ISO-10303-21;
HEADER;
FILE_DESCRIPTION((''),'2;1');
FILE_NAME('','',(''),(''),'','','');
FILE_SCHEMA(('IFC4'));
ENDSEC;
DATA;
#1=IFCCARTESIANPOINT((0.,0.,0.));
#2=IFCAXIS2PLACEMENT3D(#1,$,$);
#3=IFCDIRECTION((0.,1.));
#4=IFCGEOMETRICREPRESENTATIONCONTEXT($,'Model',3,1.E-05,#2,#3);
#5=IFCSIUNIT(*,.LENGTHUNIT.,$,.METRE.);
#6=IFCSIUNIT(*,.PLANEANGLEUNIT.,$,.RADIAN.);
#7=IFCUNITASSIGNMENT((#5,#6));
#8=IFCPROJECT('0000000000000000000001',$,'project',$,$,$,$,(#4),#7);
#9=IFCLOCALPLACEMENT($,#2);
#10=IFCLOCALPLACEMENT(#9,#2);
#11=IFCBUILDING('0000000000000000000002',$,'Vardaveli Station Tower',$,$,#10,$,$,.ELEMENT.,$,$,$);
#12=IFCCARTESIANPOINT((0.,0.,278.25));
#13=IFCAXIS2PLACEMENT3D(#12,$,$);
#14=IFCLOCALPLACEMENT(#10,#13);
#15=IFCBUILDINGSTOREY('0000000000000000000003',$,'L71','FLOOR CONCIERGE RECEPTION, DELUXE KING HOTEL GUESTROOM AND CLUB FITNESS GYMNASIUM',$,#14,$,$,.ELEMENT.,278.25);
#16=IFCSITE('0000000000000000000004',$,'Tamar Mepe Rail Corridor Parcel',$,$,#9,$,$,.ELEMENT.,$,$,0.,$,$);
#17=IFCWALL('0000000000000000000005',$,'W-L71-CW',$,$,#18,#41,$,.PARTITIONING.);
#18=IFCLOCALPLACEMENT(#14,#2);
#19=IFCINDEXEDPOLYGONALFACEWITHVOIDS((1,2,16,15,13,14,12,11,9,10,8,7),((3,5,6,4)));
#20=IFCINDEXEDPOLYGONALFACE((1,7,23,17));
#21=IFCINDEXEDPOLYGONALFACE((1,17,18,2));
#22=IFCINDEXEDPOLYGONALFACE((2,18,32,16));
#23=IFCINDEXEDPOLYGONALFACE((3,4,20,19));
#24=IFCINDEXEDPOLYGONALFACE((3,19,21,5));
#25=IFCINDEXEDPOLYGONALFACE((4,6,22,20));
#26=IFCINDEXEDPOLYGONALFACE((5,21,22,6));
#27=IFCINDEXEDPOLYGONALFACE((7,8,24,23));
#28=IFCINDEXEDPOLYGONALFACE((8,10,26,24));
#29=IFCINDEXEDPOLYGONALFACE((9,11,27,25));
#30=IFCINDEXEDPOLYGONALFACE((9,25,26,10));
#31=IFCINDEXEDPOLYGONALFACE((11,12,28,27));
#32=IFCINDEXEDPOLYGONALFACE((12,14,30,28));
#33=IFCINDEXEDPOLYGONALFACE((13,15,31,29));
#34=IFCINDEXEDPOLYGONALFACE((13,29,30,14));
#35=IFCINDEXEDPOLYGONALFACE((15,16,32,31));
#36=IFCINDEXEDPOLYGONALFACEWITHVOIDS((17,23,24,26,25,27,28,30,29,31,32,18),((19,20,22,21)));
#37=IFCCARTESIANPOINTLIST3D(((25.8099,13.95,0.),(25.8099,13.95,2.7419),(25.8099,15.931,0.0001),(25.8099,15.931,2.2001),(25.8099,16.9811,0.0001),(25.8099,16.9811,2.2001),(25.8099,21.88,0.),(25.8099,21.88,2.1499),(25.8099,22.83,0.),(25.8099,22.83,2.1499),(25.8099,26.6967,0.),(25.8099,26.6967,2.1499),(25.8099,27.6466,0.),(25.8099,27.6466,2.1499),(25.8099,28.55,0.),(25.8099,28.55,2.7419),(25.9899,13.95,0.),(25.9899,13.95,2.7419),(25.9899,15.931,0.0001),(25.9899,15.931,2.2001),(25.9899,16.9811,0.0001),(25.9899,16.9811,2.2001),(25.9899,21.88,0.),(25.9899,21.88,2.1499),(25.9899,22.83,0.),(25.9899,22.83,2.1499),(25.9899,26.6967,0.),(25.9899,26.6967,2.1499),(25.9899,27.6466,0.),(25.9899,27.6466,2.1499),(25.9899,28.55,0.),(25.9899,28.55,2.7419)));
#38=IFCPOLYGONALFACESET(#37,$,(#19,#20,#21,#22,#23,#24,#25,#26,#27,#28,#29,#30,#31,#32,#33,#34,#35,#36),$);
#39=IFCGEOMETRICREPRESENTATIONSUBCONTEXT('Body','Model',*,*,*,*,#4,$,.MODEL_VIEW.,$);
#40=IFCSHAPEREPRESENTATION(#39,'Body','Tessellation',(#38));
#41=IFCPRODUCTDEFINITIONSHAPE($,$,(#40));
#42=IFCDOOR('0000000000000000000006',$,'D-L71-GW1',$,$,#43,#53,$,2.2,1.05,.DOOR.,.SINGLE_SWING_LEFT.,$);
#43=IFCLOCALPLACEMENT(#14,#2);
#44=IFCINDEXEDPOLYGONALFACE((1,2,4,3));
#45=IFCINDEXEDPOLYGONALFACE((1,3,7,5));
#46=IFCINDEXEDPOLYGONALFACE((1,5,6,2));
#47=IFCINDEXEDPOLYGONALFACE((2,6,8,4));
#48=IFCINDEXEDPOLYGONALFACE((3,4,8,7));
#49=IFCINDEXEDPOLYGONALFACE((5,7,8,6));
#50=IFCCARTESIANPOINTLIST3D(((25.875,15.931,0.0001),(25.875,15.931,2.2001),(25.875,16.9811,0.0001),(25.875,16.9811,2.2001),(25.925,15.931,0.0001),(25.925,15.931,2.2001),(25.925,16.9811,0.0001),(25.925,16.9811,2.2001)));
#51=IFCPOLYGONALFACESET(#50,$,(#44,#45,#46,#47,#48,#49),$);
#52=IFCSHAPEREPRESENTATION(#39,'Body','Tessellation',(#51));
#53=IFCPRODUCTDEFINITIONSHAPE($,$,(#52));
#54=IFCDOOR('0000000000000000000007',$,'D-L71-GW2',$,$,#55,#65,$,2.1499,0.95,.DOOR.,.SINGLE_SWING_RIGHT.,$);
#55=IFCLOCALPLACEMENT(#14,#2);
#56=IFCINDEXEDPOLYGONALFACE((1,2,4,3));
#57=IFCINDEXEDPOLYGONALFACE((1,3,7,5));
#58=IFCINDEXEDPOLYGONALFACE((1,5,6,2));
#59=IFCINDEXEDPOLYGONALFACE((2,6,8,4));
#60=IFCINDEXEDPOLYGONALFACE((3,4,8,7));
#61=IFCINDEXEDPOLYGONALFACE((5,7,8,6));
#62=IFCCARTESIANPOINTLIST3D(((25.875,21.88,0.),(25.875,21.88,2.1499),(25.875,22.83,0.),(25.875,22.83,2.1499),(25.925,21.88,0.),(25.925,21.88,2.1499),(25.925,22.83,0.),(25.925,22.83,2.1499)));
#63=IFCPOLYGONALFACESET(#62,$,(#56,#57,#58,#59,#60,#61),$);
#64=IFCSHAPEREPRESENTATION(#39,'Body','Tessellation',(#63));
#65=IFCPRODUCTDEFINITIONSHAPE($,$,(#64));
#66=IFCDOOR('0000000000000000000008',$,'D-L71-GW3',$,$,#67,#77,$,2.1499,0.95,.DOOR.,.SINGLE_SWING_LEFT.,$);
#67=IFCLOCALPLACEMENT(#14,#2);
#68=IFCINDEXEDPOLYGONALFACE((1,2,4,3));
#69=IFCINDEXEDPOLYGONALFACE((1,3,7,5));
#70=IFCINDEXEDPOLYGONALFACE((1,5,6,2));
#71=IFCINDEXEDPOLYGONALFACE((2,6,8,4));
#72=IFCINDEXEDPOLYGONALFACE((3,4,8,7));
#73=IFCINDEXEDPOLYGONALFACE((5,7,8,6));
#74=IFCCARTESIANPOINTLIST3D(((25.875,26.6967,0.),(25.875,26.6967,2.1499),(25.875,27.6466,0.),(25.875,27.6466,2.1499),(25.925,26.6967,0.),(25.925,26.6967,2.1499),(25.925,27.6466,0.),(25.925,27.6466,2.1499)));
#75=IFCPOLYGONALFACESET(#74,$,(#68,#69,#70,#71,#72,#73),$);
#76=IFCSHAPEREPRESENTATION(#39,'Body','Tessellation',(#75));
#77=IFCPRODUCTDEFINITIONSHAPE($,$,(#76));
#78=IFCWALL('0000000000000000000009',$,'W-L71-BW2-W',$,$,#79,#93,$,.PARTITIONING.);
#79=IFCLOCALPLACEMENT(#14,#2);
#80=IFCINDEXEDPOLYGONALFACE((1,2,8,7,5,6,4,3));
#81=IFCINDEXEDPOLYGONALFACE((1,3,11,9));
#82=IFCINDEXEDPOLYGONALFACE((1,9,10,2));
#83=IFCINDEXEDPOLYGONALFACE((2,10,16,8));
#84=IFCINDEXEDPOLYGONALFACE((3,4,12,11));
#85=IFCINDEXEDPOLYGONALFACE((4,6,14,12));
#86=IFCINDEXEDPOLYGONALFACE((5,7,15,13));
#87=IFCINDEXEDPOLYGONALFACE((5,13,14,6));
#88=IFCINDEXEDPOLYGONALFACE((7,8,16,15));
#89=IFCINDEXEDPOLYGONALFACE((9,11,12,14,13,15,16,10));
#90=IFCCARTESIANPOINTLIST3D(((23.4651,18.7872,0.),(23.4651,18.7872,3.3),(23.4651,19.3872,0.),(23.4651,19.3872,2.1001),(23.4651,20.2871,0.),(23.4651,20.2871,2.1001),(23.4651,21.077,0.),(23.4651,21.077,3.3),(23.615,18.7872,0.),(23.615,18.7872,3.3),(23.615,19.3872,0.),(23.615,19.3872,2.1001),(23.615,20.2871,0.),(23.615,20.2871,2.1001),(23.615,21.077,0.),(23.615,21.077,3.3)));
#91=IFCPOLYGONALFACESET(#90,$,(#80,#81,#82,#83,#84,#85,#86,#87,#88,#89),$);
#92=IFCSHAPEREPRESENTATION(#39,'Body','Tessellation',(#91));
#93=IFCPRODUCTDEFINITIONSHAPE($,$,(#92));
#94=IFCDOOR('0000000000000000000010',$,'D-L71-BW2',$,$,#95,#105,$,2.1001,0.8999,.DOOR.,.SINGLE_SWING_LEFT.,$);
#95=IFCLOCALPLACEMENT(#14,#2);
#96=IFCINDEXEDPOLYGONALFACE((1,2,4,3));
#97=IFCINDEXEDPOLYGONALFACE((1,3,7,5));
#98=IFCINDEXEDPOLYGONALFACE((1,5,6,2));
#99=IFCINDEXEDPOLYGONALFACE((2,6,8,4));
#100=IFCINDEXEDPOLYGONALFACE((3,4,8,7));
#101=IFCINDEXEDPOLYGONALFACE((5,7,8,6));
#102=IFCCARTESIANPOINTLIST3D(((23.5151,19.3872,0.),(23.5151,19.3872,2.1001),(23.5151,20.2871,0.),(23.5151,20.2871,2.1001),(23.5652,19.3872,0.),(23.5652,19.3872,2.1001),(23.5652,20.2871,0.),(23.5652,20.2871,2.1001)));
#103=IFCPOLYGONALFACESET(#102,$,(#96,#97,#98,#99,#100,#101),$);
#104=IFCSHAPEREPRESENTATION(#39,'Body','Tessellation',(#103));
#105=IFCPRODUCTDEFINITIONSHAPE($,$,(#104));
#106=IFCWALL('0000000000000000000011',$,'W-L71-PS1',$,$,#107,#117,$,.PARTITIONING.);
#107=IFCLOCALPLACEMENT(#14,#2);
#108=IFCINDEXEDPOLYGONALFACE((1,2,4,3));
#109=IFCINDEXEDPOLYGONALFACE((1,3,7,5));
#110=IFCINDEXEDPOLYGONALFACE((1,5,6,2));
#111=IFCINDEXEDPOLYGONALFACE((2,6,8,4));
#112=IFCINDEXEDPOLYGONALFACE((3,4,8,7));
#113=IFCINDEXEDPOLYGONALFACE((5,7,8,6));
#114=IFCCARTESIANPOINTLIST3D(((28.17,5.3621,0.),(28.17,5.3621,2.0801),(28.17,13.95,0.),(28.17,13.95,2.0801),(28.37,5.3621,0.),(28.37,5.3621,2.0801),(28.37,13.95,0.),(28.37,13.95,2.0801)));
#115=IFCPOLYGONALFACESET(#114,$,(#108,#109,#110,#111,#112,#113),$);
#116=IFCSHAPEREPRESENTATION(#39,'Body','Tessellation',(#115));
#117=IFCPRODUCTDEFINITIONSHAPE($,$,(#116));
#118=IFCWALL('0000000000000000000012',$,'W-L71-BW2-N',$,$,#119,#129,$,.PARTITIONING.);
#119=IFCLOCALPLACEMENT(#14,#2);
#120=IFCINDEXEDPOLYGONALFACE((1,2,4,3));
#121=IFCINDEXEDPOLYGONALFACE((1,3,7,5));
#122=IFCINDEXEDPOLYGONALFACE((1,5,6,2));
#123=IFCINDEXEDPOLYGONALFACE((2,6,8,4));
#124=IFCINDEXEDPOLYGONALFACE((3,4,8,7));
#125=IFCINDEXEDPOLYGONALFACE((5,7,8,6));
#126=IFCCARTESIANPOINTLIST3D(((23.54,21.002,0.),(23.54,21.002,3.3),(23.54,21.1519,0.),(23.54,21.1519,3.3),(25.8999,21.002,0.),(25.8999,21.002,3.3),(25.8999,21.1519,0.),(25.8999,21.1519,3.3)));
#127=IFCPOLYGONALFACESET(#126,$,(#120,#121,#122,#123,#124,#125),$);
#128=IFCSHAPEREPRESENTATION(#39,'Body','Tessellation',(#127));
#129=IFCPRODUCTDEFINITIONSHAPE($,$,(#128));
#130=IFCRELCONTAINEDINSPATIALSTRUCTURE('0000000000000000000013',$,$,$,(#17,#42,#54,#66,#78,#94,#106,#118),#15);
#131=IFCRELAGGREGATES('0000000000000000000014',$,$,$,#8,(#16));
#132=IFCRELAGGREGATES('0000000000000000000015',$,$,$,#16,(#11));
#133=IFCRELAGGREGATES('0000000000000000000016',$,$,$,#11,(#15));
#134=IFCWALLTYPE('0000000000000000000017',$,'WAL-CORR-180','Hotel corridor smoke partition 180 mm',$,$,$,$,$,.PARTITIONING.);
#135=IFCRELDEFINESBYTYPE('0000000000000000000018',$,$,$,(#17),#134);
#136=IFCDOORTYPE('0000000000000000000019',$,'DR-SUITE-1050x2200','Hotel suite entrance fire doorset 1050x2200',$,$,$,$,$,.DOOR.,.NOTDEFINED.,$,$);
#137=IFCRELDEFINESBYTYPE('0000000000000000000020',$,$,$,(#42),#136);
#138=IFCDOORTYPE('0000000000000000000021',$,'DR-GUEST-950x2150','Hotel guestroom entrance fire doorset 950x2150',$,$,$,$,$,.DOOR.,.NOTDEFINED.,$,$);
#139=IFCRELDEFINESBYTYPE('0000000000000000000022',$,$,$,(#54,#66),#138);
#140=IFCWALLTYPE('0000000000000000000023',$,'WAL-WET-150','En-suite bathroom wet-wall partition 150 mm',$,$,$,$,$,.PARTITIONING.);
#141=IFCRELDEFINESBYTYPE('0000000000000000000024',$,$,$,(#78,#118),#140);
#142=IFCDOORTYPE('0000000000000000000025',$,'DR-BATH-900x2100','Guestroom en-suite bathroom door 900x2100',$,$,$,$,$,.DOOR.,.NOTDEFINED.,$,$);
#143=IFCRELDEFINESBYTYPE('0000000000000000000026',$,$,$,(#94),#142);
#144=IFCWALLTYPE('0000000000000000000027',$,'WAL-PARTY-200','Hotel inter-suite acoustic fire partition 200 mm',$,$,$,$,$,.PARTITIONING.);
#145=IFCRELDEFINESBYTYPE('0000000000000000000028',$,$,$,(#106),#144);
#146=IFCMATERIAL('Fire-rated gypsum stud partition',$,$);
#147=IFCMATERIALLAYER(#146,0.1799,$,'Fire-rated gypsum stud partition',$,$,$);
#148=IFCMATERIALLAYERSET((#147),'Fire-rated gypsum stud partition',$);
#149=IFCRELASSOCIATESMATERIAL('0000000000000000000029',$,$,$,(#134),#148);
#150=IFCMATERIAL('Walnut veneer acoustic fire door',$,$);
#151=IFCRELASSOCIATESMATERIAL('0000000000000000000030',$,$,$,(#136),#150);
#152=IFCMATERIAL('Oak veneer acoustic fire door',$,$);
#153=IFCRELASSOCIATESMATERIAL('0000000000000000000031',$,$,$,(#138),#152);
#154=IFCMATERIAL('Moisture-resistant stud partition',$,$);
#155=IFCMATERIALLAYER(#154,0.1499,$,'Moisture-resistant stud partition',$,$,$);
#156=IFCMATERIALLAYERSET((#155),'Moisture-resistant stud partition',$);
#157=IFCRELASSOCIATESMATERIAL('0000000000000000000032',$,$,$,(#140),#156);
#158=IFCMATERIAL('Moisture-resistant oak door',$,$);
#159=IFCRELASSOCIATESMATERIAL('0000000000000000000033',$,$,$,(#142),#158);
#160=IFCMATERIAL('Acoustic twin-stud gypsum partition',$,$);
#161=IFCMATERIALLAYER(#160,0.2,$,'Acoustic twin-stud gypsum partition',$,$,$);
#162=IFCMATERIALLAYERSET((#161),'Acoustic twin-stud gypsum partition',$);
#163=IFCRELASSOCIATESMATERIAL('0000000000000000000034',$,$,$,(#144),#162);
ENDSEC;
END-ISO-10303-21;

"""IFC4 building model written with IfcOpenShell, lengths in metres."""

from ifc_helpers import new_model, si_unit, direction, frame, frame_2d, origin, place, context, subcontext, project, spatial, rectangle, extrude, source, transform, mapped, material, layer, layer_set, type_object, element, fill, save


model = new_model("IFC4")

# Units and contexts
model_context = context("Model", 3, precision=1e-05, world=origin(), true_north=direction((0.0, 1.0)))
body_context = subcontext(model_context, "Body", "Model", "MODEL_VIEW")
ifc_project = project(units=[si_unit("LENGTHUNIT", "METRE"), si_unit("PLANEANGLEUNIT", "RADIAN")], contexts=[model_context])

# Site, building, storey
site_placement = place(None, origin())
site = spatial("IfcSite", under=ifc_project, at=site_placement, Name="Tamar Mepe Rail Corridor Parcel", CompositionType="ELEMENT", RefElevation=0.0)
building_placement = place(site_placement, origin())
building = spatial("IfcBuilding", under=site, at=building_placement, Name="Vardaveli Station Tower", CompositionType="ELEMENT")
storey_placement = place(building_placement, frame((0.0, 0.0, 278.25)))
storey = spatial("IfcBuildingStorey", under=building, at=storey_placement, Name="L71", Description="FLOOR CONCIERGE RECEPTION, DELUXE KING HOTEL GUESTROOM AND CLUB FITNESS GYMNASIUM", CompositionType="ELEMENT", Elevation=278.25)

# Wall, openings, doors
ifc_material_1 = material(Name="Fire-rated gypsum stud partition")
ifc_layer_1 = layer(ifc_material_1, 0.1799, Name="Fire-rated gypsum stud partition")
ifc_layer_set_1 = layer_set([ifc_layer_1], Name="Fire-rated gypsum stud partition")
wall_type_1 = type_object("IfcWallType", Name="WAL-CORR-180", Description="Hotel corridor smoke partition 180 mm", PredefinedType="PARTITIONING", material=ifc_layer_set_1)
shared_shape_1 = source(origin(), body_context, "Body", "SweptSolid", [
    extrude(rectangle(XDim=14.6001, YDim=0.1799, at=frame_2d((7.3, 0.0))), origin(), (0.0, 0.0, 1.0), 2.7419),
])
wall_1_placement = place(storey_placement, frame((25.8999, 13.95, 0.0), z_axis=(0.0, 0.0, 1.0), x_axis=(0.0, 1.0, 0.0)))
wall_1 = element("IfcWall", 1, at=wall_1_placement, inside=storey, type_object=wall_type_1, Name="W-L71-CW", PredefinedType="PARTITIONING", context=body_context, shape_type="MappedRepresentation", body=[
    mapped(shared_shape_1, transform((0.0, 0.0, 0.0), scale=1.0)),
])
shared_shape_2 = source(origin(), body_context, "Body", "SweptSolid", [
    extrude(rectangle(XDim=1.05, YDim=2.2, at=frame_2d((0.5249, 1.1001))), frame((0.0, 0.1001, 0.0), z_axis=(0.0, -1.0, 0.0), x_axis=(1.0, 0.0, 0.0)), (0.0, 0.0, 1.0), 0.2),
])
opening_1_placement = place(wall_1_placement, frame((1.9812, 0.0, 0.0)))
opening_1 = element("IfcOpeningElement", 2, at=opening_1_placement, cuts=wall_1, PredefinedType="OPENING", context=body_context, shape_type="MappedRepresentation", body=[
    mapped(shared_shape_2, transform((0.0, 0.0, 0.0), scale=1.0)),
])
shared_shape_3 = source(origin(), body_context, "Body", "SweptSolid", [
    extrude(rectangle(XDim=0.95, YDim=2.1499, at=frame_2d((0.4751, 1.075))), frame((0.0, 0.1001, 0.0), z_axis=(0.0, -1.0, 0.0), x_axis=(1.0, 0.0, 0.0)), (0.0, 0.0, 1.0), 0.2),
])
opening_2_placement = place(wall_1_placement, frame((7.9299, 0.0, 0.0)))
opening_2 = element("IfcOpeningElement", 3, at=opening_2_placement, cuts=wall_1, PredefinedType="OPENING", context=body_context, shape_type="MappedRepresentation", body=[
    mapped(shared_shape_3, transform((0.0, 0.0, 0.0), scale=1.0)),
])
opening_3_placement = place(wall_1_placement, frame((12.7466, 0.0, 0.0)))
opening_3 = element("IfcOpeningElement", 4, at=opening_3_placement, cuts=wall_1, PredefinedType="OPENING", context=body_context, shape_type="MappedRepresentation", body=[
    mapped(shared_shape_3, transform((0.0, 0.0, 0.0), scale=1.0)),
])
ifc_material_2 = material(Name="Walnut veneer acoustic fire door")
door_type_1 = type_object("IfcDoorType", Name="DR-SUITE-1050x2200", Description="Hotel suite entrance fire doorset 1050x2200", OperationType="NOTDEFINED", PredefinedType="DOOR", material=ifc_material_2)
shared_shape_4 = source(origin(), body_context, "Body", "SweptSolid", [
    extrude(rectangle(XDim=1.05, YDim=2.2, at=frame_2d((0.5249, 1.1001))), frame((0.0, 0.0249, 0.0), z_axis=(0.0, -1.0, 0.0), x_axis=(1.0, 0.0, 0.0)), (0.0, 0.0, 1.0), 0.05),
])
door_1_placement = place(opening_1_placement, origin())
door_1 = element("IfcDoor", 5, at=door_1_placement, inside=storey, type_object=door_type_1, Name="D-L71-GW1", OperationType="SINGLE_SWING_LEFT", OverallHeight=2.2, OverallWidth=1.05, PredefinedType="DOOR", context=body_context, shape_type="MappedRepresentation", body=[
    mapped(shared_shape_4, transform((0.0, 0.0, 0.0), scale=1.0)),
])
fill(opening_1, door_1)
ifc_material_3 = material(Name="Oak veneer acoustic fire door")
door_type_2 = type_object("IfcDoorType", Name="DR-GUEST-950x2150", Description="Hotel guestroom entrance fire doorset 950x2150", OperationType="NOTDEFINED", PredefinedType="DOOR", material=ifc_material_3)
shared_shape_5 = source(origin(), body_context, "Body", "SweptSolid", [
    extrude(rectangle(XDim=0.95, YDim=2.1499, at=frame_2d((0.4751, 1.075))), frame((0.0, 0.0249, 0.0), z_axis=(0.0, -1.0, 0.0), x_axis=(1.0, 0.0, 0.0)), (0.0, 0.0, 1.0), 0.05),
])
door_2_placement = place(opening_2_placement, origin())
door_2 = element("IfcDoor", 6, at=door_2_placement, inside=storey, type_object=door_type_2, Name="D-L71-GW2", OperationType="SINGLE_SWING_RIGHT", OverallHeight=2.1499, OverallWidth=0.95, PredefinedType="DOOR", context=body_context, shape_type="MappedRepresentation", body=[
    mapped(shared_shape_5, transform((0.0, 0.0, 0.0), scale=1.0)),
])
fill(opening_2, door_2)
door_3_placement = place(opening_3_placement, origin())
door_3 = element("IfcDoor", 7, at=door_3_placement, inside=storey, type_object=door_type_2, Name="D-L71-GW3", OperationType="SINGLE_SWING_LEFT", OverallHeight=2.1499, OverallWidth=0.95, PredefinedType="DOOR", context=body_context, shape_type="MappedRepresentation", body=[
    mapped(shared_shape_5, transform((0.0, 0.0, 0.0), scale=1.0)),
])
fill(opening_3, door_3)

# Wall, opening, door
ifc_material_4 = material(Name="Moisture-resistant stud partition")
ifc_layer_2 = layer(ifc_material_4, 0.1499, Name="Moisture-resistant stud partition")
ifc_layer_set_2 = layer_set([ifc_layer_2], Name="Moisture-resistant stud partition")
wall_type_2 = type_object("IfcWallType", Name="WAL-WET-150", Description="En-suite bathroom wet-wall partition 150 mm", PredefinedType="PARTITIONING", material=ifc_layer_set_2)
shared_shape_6 = source(origin(), body_context, "Body", "SweptSolid", [
    extrude(rectangle(XDim=2.2898, YDim=0.1499, at=frame_2d((1.145, 0.0))), origin(), (0.0, 0.0, 1.0), 3.3),
])
wall_2_placement = place(storey_placement, frame((23.54, 18.7871, 0.0), z_axis=(0.0, 0.0, 1.0), x_axis=(0.0, 1.0, 0.0)))
wall_2 = element("IfcWall", 8, at=wall_2_placement, inside=storey, type_object=wall_type_2, Name="W-L71-BW2-W", PredefinedType="PARTITIONING", context=body_context, shape_type="MappedRepresentation", body=[
    mapped(shared_shape_6, transform((0.0, 0.0, 0.0), scale=1.0)),
])
shared_shape_7 = source(origin(), body_context, "Body", "SweptSolid", [
    extrude(rectangle(XDim=0.8999, YDim=2.1001, at=frame_2d((0.45, 1.05))), frame((0.0, 0.085, 0.0), z_axis=(0.0, -1.0, 0.0), x_axis=(1.0, 0.0, 0.0)), (0.0, 0.0, 1.0), 0.1699),
])
opening_4_placement = place(wall_2_placement, frame((0.6001, 0.0, 0.0)))
opening_4 = element("IfcOpeningElement", 9, at=opening_4_placement, cuts=wall_2, PredefinedType="OPENING", context=body_context, shape_type="MappedRepresentation", body=[
    mapped(shared_shape_7, transform((0.0, 0.0, 0.0), scale=1.0)),
])
ifc_material_5 = material(Name="Moisture-resistant oak door")
door_type_3 = type_object("IfcDoorType", Name="DR-BATH-900x2100", Description="Guestroom en-suite bathroom door 900x2100", OperationType="NOTDEFINED", PredefinedType="DOOR", material=ifc_material_5)
shared_shape_8 = source(origin(), body_context, "Body", "SweptSolid", [
    extrude(rectangle(XDim=0.8999, YDim=2.1001, at=frame_2d((0.45, 1.05))), frame((0.0, 0.0249, 0.0), z_axis=(0.0, -1.0, 0.0), x_axis=(1.0, 0.0, 0.0)), (0.0, 0.0, 1.0), 0.05),
])
door_4_placement = place(opening_4_placement, origin())
door_4 = element("IfcDoor", 10, at=door_4_placement, inside=storey, type_object=door_type_3, Name="D-L71-BW2", OperationType="SINGLE_SWING_LEFT", OverallHeight=2.1001, OverallWidth=0.8999, PredefinedType="DOOR", context=body_context, shape_type="MappedRepresentation", body=[
    mapped(shared_shape_8, transform((0.0, 0.0, 0.0), scale=1.0)),
])
fill(opening_4, door_4)

# Walls
ifc_material_6 = material(Name="Acoustic twin-stud gypsum partition")
ifc_layer_3 = layer(ifc_material_6, 0.2, Name="Acoustic twin-stud gypsum partition")
ifc_layer_set_3 = layer_set([ifc_layer_3], Name="Acoustic twin-stud gypsum partition")
wall_type_3 = type_object("IfcWallType", Name="WAL-PARTY-200", Description="Hotel inter-suite acoustic fire partition 200 mm", PredefinedType="PARTITIONING", material=ifc_layer_set_3)
shared_shape_9 = source(origin(), body_context, "Body", "SweptSolid", [
    extrude(rectangle(XDim=8.5879, YDim=0.2, at=frame_2d((4.2939, 0.0))), origin(), (0.0, 0.0, 1.0), 2.0801),
])
wall_3_placement = place(storey_placement, frame((28.27, 5.3621, 0.0), z_axis=(0.0, 0.0, 1.0), x_axis=(0.0, 1.0, 0.0)))
element("IfcWall", 11, at=wall_3_placement, inside=storey, type_object=wall_type_3, Name="W-L71-PS1", PredefinedType="PARTITIONING", context=body_context, shape_type="MappedRepresentation", body=[
    mapped(shared_shape_9, transform((0.0, 0.0, 0.0), scale=1.0)),
])
shared_shape_10 = source(origin(), body_context, "Body", "SweptSolid", [
    extrude(rectangle(XDim=2.3599, YDim=0.1499, at=frame_2d((1.1799, 0.0))), origin(), (0.0, 0.0, 1.0), 3.3),
])
wall_4_placement = place(storey_placement, frame((23.54, 21.0769, 0.0), z_axis=(0.0, 0.0, 1.0), x_axis=(1.0, 0.0, 0.0)))
element("IfcWall", 12, at=wall_4_placement, inside=storey, type_object=wall_type_2, Name="W-L71-BW2-N", PredefinedType="PARTITIONING", context=body_context, shape_type="MappedRepresentation", body=[
    mapped(shared_shape_10, transform((0.0, 0.0, 0.0), scale=1.0)),
])

save(model, "model.ifc")
